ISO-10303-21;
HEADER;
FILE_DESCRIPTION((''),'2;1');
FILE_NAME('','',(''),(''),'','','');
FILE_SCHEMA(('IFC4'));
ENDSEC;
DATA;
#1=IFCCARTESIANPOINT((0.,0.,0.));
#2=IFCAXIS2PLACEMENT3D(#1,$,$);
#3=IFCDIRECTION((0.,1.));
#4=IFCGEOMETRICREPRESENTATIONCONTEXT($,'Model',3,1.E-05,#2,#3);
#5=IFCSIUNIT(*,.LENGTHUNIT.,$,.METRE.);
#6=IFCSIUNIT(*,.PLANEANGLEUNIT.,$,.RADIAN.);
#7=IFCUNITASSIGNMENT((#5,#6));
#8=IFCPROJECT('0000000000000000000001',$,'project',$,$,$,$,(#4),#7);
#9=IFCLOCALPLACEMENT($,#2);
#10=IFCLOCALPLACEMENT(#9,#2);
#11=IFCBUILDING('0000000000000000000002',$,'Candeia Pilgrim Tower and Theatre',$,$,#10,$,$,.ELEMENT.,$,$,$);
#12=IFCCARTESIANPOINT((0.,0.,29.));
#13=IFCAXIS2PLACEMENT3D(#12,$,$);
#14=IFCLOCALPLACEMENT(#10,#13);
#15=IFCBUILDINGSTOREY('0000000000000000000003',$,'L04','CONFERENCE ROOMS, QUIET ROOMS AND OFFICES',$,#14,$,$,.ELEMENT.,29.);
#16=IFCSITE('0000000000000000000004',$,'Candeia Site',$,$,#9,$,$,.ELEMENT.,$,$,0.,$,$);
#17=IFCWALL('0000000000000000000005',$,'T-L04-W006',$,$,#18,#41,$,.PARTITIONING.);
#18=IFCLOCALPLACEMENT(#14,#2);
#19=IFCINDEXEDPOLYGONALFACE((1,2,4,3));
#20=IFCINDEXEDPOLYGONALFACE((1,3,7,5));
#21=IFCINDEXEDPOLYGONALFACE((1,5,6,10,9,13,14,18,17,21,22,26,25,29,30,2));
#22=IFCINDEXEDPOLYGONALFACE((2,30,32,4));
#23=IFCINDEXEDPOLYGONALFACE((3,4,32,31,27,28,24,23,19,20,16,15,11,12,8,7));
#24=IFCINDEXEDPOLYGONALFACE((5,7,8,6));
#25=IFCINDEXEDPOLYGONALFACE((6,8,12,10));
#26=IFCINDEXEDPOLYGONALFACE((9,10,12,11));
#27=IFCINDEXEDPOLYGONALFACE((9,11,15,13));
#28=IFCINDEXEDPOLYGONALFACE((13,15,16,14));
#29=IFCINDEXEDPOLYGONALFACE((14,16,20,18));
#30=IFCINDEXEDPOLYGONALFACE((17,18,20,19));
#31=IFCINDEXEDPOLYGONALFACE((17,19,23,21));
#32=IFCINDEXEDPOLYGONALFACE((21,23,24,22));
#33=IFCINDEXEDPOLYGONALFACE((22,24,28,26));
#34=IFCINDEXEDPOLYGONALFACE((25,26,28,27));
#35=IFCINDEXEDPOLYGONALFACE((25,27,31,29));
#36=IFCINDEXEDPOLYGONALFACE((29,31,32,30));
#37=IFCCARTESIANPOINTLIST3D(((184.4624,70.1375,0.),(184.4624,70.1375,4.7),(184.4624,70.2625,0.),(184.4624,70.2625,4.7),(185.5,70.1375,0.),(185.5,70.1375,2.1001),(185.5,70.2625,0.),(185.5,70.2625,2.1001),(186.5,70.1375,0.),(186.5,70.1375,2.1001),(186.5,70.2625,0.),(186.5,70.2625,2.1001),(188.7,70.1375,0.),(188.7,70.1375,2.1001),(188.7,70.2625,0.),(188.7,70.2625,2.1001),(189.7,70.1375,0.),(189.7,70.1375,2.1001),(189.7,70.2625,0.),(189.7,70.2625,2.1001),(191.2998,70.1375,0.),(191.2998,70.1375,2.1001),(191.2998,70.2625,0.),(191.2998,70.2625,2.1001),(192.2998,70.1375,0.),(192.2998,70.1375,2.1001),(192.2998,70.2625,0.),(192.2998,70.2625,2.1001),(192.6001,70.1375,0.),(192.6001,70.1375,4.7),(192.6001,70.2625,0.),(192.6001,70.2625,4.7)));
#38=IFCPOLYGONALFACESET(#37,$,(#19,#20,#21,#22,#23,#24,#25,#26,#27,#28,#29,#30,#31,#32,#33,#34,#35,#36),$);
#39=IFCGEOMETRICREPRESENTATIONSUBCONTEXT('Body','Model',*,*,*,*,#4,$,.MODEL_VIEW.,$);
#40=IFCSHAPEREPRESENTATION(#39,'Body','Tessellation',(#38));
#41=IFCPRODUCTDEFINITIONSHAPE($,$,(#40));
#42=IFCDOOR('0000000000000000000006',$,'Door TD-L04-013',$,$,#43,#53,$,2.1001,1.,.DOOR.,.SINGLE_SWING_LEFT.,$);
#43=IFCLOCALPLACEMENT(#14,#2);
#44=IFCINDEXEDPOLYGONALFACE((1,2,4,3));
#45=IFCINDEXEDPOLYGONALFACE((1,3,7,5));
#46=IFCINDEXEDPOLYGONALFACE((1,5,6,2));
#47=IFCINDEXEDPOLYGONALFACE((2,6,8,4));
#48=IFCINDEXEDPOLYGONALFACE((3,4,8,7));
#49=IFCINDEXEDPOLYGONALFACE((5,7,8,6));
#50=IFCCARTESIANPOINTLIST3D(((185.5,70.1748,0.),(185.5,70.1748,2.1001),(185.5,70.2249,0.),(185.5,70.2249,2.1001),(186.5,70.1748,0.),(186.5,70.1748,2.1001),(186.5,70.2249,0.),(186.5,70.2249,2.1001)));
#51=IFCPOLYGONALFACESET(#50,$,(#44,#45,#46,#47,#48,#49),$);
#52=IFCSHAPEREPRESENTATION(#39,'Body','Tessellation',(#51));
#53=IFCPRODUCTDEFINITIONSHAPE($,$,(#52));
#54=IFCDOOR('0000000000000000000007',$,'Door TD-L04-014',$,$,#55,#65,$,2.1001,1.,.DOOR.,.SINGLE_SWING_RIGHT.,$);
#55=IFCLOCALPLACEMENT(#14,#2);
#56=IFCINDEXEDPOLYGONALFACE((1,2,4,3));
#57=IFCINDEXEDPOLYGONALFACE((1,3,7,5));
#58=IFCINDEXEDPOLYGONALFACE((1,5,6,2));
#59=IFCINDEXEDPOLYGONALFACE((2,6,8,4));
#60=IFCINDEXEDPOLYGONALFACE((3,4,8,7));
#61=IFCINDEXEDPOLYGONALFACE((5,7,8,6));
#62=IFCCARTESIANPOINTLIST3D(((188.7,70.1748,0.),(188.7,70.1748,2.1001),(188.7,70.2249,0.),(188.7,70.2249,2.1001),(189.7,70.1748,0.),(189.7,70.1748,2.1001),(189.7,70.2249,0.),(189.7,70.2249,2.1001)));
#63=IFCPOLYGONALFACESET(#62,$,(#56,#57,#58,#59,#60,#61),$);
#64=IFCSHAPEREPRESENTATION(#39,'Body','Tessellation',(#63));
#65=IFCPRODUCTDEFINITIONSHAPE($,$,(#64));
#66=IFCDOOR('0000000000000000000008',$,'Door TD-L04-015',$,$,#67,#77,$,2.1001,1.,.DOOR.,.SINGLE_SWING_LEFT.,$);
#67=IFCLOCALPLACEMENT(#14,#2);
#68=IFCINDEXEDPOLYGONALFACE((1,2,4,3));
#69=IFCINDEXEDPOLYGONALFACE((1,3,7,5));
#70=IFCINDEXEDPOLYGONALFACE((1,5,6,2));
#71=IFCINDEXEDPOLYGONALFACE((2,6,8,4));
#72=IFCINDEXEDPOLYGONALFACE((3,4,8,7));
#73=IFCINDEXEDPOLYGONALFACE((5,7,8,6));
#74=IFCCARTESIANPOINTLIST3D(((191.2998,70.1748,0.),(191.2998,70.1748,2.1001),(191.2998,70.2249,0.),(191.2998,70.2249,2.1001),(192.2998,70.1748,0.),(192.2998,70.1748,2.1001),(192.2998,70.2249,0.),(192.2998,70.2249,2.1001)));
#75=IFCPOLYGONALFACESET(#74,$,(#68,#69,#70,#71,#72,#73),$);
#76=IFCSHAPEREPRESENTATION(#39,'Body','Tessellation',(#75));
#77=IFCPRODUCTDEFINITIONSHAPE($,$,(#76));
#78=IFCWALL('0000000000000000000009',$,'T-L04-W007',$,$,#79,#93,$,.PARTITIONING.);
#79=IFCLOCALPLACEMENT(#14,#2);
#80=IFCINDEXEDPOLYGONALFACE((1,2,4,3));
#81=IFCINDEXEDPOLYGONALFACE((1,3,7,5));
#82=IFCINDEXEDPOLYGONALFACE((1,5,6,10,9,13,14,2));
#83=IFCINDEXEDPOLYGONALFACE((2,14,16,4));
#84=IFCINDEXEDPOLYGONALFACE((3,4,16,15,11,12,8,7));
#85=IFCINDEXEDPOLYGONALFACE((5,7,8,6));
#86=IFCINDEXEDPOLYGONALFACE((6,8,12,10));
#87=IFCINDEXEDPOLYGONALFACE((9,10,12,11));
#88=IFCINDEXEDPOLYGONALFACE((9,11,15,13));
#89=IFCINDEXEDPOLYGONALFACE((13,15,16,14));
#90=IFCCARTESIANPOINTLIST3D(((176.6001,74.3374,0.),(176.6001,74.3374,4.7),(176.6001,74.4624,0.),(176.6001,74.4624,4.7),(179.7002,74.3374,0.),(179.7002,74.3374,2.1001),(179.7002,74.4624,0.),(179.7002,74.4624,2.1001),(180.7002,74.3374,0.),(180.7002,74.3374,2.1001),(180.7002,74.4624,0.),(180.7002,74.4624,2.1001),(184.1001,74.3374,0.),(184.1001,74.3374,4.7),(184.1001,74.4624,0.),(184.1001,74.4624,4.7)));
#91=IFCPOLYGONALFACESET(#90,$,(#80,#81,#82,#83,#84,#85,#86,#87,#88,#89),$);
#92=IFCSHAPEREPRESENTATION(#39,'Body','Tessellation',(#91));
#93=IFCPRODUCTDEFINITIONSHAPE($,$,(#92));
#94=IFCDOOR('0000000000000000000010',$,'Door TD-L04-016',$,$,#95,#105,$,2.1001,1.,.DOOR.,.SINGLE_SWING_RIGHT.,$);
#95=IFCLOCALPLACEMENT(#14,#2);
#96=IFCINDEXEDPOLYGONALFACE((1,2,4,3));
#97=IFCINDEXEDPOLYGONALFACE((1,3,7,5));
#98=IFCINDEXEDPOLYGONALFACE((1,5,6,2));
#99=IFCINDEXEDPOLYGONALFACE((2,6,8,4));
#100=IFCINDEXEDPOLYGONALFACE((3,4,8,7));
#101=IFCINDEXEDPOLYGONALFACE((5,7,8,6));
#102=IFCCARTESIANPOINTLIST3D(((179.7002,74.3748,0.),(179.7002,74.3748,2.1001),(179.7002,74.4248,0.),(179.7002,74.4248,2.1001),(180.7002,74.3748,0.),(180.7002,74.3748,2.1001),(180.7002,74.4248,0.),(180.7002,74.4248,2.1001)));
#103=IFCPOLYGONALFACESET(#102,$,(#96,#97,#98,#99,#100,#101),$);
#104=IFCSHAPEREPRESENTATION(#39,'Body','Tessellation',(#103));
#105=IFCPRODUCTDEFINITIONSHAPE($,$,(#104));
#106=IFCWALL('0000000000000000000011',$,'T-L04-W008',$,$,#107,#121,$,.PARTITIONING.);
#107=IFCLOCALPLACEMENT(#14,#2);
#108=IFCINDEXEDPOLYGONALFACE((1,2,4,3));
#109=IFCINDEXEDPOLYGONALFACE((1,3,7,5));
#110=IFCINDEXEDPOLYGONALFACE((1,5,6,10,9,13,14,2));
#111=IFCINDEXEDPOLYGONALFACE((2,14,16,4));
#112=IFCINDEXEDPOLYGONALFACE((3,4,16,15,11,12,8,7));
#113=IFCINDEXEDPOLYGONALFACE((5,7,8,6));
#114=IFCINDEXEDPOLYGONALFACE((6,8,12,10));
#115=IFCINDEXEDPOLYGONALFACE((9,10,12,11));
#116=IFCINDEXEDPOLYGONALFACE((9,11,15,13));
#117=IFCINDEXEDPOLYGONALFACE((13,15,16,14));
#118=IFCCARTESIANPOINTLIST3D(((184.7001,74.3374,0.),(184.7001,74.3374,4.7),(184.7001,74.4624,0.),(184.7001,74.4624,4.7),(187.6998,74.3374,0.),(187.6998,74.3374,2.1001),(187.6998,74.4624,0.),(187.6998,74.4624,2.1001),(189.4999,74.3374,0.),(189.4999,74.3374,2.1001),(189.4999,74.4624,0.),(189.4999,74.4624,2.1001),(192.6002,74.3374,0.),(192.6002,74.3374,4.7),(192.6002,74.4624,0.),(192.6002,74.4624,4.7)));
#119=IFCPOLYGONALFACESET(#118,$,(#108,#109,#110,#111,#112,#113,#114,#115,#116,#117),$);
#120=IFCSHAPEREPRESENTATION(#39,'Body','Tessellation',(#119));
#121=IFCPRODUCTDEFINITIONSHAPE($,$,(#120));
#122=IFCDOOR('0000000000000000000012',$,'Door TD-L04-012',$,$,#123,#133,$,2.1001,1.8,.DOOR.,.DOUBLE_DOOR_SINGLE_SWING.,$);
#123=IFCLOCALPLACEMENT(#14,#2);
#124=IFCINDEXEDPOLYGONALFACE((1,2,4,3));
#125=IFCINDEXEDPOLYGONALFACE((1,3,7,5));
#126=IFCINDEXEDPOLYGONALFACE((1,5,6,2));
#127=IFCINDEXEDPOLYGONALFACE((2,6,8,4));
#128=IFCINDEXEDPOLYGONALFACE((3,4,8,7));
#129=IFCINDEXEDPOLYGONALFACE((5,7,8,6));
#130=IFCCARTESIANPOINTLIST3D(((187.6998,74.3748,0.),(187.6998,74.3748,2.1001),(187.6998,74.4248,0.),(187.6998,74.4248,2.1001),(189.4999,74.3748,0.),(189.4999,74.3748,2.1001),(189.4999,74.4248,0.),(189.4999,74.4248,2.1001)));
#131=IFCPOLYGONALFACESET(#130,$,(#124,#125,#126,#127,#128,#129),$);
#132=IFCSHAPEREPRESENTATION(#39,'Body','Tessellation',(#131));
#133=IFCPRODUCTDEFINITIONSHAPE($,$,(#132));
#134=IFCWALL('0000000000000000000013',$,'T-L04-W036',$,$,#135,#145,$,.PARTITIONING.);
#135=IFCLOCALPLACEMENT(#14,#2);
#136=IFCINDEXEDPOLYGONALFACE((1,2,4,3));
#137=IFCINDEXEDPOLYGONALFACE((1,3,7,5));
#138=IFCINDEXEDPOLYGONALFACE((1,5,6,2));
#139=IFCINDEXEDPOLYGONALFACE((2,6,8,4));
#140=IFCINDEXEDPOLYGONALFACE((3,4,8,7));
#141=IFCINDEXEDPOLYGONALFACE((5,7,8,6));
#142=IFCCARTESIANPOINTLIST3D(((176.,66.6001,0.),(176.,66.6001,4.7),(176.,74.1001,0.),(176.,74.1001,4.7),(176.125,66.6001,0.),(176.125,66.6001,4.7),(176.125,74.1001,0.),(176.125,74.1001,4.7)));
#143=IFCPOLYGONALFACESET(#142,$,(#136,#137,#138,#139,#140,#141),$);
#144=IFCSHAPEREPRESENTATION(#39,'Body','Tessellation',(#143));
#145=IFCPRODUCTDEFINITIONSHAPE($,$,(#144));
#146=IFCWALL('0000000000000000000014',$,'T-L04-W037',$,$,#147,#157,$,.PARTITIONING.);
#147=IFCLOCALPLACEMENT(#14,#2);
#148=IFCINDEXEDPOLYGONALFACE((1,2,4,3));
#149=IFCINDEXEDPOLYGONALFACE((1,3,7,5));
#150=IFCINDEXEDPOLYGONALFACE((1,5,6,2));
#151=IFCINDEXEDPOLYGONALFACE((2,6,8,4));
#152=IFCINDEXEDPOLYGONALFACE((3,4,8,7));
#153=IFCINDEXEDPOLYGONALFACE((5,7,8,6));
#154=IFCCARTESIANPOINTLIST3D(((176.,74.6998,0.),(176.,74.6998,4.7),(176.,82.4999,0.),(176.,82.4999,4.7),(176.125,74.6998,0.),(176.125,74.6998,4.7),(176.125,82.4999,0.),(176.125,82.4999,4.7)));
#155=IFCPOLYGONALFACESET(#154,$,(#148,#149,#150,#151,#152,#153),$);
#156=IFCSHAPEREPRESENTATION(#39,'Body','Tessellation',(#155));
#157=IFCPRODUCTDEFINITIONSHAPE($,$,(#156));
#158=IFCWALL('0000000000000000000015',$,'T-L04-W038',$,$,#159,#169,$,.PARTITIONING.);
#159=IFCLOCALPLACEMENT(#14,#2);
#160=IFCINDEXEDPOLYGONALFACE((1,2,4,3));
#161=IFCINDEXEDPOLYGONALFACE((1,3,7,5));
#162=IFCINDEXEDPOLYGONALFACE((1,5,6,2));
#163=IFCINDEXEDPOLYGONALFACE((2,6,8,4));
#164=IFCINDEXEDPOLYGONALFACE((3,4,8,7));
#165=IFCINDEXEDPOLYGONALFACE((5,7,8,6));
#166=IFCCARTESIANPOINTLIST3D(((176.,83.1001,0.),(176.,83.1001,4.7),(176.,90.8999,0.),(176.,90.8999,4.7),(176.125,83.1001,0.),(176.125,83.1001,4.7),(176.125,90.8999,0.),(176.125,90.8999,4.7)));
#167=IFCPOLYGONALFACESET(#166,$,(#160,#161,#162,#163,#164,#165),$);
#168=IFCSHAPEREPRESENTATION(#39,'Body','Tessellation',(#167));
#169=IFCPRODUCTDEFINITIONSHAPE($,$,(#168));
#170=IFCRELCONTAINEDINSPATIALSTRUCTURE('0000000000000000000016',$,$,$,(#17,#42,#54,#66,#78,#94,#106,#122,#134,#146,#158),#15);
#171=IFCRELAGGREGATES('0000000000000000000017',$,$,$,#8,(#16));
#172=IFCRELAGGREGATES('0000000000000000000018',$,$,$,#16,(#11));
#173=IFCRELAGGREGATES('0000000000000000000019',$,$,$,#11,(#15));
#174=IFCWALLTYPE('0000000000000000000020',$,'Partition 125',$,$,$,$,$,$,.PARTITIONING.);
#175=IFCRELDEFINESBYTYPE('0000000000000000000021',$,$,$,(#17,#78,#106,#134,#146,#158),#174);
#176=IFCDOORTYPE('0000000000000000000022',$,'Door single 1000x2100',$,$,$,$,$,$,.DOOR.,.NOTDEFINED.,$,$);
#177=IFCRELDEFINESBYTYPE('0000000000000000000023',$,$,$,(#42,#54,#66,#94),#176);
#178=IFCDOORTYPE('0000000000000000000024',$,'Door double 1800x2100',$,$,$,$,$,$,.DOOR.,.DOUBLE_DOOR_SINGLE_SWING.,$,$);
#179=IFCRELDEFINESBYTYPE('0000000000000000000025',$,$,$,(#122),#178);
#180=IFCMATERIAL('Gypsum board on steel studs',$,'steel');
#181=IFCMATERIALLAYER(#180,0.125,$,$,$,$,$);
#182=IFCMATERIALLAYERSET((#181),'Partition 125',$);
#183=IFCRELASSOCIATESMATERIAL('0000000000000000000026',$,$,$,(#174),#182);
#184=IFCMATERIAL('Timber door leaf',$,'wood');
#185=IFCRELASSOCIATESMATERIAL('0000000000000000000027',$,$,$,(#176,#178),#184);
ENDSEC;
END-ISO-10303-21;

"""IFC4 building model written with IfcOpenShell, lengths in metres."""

from ifc_helpers import new_model, si_unit, direction, frame, frame_2d, origin, place, context, subcontext, project, spatial, rectangle, extrude, material, layer, layer_set, type_object, element, fill, save


model = new_model("IFC4")

# Units and contexts
model_context = context("Model", 3, precision=1e-05, world=origin(), true_north=direction((0.0, 1.0)))
body_context = subcontext(model_context, "Body", "Model", "MODEL_VIEW")
ifc_project = project(units=[si_unit("LENGTHUNIT", "METRE"), si_unit("PLANEANGLEUNIT", "RADIAN")], contexts=[model_context])

# Site, building, storey
site_placement = place(None, origin())
site = spatial("IfcSite", under=ifc_project, at=site_placement, Name="Candeia Site", CompositionType="ELEMENT", RefElevation=0.0)
building_placement = place(site_placement, origin())
building = spatial("IfcBuilding", under=site, at=building_placement, Name="Candeia Pilgrim Tower and Theatre", CompositionType="ELEMENT")
storey_placement = place(building_placement, frame((0.0, 0.0, 29.0)))
storey = spatial("IfcBuildingStorey", under=building, at=storey_placement, Name="L04", Description="CONFERENCE ROOMS, QUIET ROOMS AND OFFICES", CompositionType="ELEMENT", Elevation=29.0)

# Shared definitions
ifc_material_1 = material(Name="Gypsum board on steel studs", Category="steel")
ifc_layer_1 = layer(ifc_material_1, 0.125)
ifc_layer_set_1 = layer_set([ifc_layer_1], Name="Partition 125")
wall_type = type_object("IfcWallType", Name="Partition 125", PredefinedType="PARTITIONING", material=ifc_layer_set_1)

# Wall, openings, doors
wall_1_placement = place(storey_placement, frame((184.4624, 70.2, 0.0), z_axis=(0.0, 0.0, 1.0), x_axis=(1.0, 0.0, 0.0)))
wall_1 = element("IfcWall", 1, at=wall_1_placement, inside=storey, type_object=wall_type, Name="T-L04-W006", PredefinedType="PARTITIONING", context=body_context, shape_type="SweptSolid", body=[
    extrude(rectangle(XDim=8.1377, YDim=0.125, at=frame_2d((4.0688, 0.0))), origin(), (0.0, 0.0, 1.0), 4.7),
])
opening_1_placement = place(wall_1_placement, frame((1.0376, 0.0, 0.0)))
opening_1 = element("IfcOpeningElement", 2, at=opening_1_placement, cuts=wall_1, PredefinedType="OPENING", context=body_context, shape_type="SweptSolid", body=[
    extrude(rectangle(XDim=1.0, YDim=2.1001, at=frame_2d((0.5, 1.05))), frame((0.0, 0.0725, 0.0), z_axis=(0.0, -1.0, 0.0), x_axis=(1.0, 0.0, 0.0)), (0.0, 0.0, 1.0), 0.145),
])
opening_2_placement = place(wall_1_placement, frame((4.2375, 0.0, 0.0)))
opening_2 = element("IfcOpeningElement", 3, at=opening_2_placement, cuts=wall_1, PredefinedType="OPENING", context=body_context, shape_type="SweptSolid", body=[
    extrude(rectangle(XDim=1.0, YDim=2.1001, at=frame_2d((0.5, 1.05))), frame((0.0, 0.0725, 0.0), z_axis=(0.0, -1.0, 0.0), x_axis=(1.0, 0.0, 0.0)), (0.0, 0.0, 1.0), 0.145),
])
opening_3_placement = place(wall_1_placement, frame((6.8374, 0.0, 0.0)))
opening_3 = element("IfcOpeningElement", 4, at=opening_3_placement, cuts=wall_1, PredefinedType="OPENING", context=body_context, shape_type="SweptSolid", body=[
    extrude(rectangle(XDim=1.0, YDim=2.1001, at=frame_2d((0.5, 1.05))), frame((0.0, 0.0725, 0.0), z_axis=(0.0, -1.0, 0.0), x_axis=(1.0, 0.0, 0.0)), (0.0, 0.0, 1.0), 0.145),
])
ifc_material_2 = material(Name="Timber door leaf", Category="wood")
door_type_1 = type_object("IfcDoorType", Name="Door single 1000x2100", OperationType="NOTDEFINED", PredefinedType="DOOR", material=ifc_material_2)
door_1_placement = place(opening_1_placement, origin())
door_1 = element("IfcDoor", 5, at=door_1_placement, inside=storey, type_object=door_type_1, Name="Door TD-L04-013", OperationType="SINGLE_SWING_LEFT", OverallHeight=2.1001, OverallWidth=1.0, PredefinedType="DOOR", context=body_context, shape_type="SweptSolid", body=[
    extrude(rectangle(XDim=1.0, YDim=2.1001, at=frame_2d((0.5, 1.05))), frame((0.0, 0.0249, 0.0), z_axis=(0.0, -1.0, 0.0), x_axis=(1.0, 0.0, 0.0)), (0.0, 0.0, 1.0), 0.05),
])
fill(opening_1, door_1)
door_2_placement = place(opening_2_placement, origin())
door_2 = element("IfcDoor", 6, at=door_2_placement, inside=storey, type_object=door_type_1, Name="Door TD-L04-014", OperationType="SINGLE_SWING_RIGHT", OverallHeight=2.1001, OverallWidth=1.0, PredefinedType="DOOR", context=body_context, shape_type="SweptSolid", body=[
    extrude(rectangle(XDim=1.0, YDim=2.1001, at=frame_2d((0.5, 1.05))), frame((0.0, 0.0249, 0.0), z_axis=(0.0, -1.0, 0.0), x_axis=(1.0, 0.0, 0.0)), (0.0, 0.0, 1.0), 0.05),
])
fill(opening_2, door_2)
door_3_placement = place(opening_3_placement, origin())
door_3 = element("IfcDoor", 7, at=door_3_placement, inside=storey, type_object=door_type_1, Name="Door TD-L04-015", OperationType="SINGLE_SWING_LEFT", OverallHeight=2.1001, OverallWidth=1.0, PredefinedType="DOOR", context=body_context, shape_type="SweptSolid", body=[
    extrude(rectangle(XDim=1.0, YDim=2.1001, at=frame_2d((0.5, 1.05))), frame((0.0, 0.0249, 0.0), z_axis=(0.0, -1.0, 0.0), x_axis=(1.0, 0.0, 0.0)), (0.0, 0.0, 1.0), 0.05),
])
fill(opening_3, door_3)

# Walls, openings, doors
wall_2_placement = place(storey_placement, frame((176.6001, 74.3999, 0.0), z_axis=(0.0, 0.0, 1.0), x_axis=(1.0, 0.0, 0.0)))
wall_2 = element("IfcWall", 8, at=wall_2_placement, inside=storey, type_object=wall_type, Name="T-L04-W007", PredefinedType="PARTITIONING", context=body_context, shape_type="SweptSolid", body=[
    extrude(rectangle(XDim=7.5, YDim=0.125, at=frame_2d((3.75, 0.0))), origin(), (0.0, 0.0, 1.0), 4.7),
])
opening_4_placement = place(wall_2_placement, frame((3.1001, 0.0, 0.0)))
opening_4 = element("IfcOpeningElement", 9, at=opening_4_placement, cuts=wall_2, PredefinedType="OPENING", context=body_context, shape_type="SweptSolid", body=[
    extrude(rectangle(XDim=1.0, YDim=2.1001, at=frame_2d((0.5, 1.05))), frame((0.0, 0.0725, 0.0), z_axis=(0.0, -1.0, 0.0), x_axis=(1.0, 0.0, 0.0)), (0.0, 0.0, 1.0), 0.145),
])
door_4_placement = place(opening_4_placement, origin())
door_4 = element("IfcDoor", 10, at=door_4_placement, inside=storey, type_object=door_type_1, Name="Door TD-L04-016", OperationType="SINGLE_SWING_RIGHT", OverallHeight=2.1001, OverallWidth=1.0, PredefinedType="DOOR", context=body_context, shape_type="SweptSolid", body=[
    extrude(rectangle(XDim=1.0, YDim=2.1001, at=frame_2d((0.5, 1.05))), frame((0.0, 0.0249, 0.0), z_axis=(0.0, -1.0, 0.0), x_axis=(1.0, 0.0, 0.0)), (0.0, 0.0, 1.0), 0.05),
])
fill(opening_4, door_4)
wall_3_placement = place(storey_placement, frame((184.7, 74.3999, 0.0), z_axis=(0.0, 0.0, 1.0), x_axis=(1.0, 0.0, 0.0)))
wall_3 = element("IfcWall", 11, at=wall_3_placement, inside=storey, type_object=wall_type, Name="T-L04-W008", PredefinedType="PARTITIONING", context=body_context, shape_type="SweptSolid", body=[
    extrude(rectangle(XDim=7.9001, YDim=0.125, at=frame_2d((3.9502, 0.0))), origin(), (0.0, 0.0, 1.0), 4.7),
])
opening_5_placement = place(wall_3_placement, frame((3.0, 0.0, 0.0)))
opening_5 = element("IfcOpeningElement", 12, at=opening_5_placement, cuts=wall_3, PredefinedType="OPENING", context=body_context, shape_type="SweptSolid", body=[
    extrude(rectangle(XDim=1.8, YDim=2.1001, at=frame_2d((0.8999, 1.05))), frame((0.0, 0.0725, 0.0), z_axis=(0.0, -1.0, 0.0), x_axis=(1.0, 0.0, 0.0)), (0.0, 0.0, 1.0), 0.145),
])
door_type_2 = type_object("IfcDoorType", Name="Door double 1800x2100", OperationType="DOUBLE_DOOR_SINGLE_SWING", PredefinedType="DOOR", material=ifc_material_2)
door_5_placement = place(opening_5_placement, origin())
door_5 = element("IfcDoor", 13, at=door_5_placement, inside=storey, type_object=door_type_2, Name="Door TD-L04-012", OperationType="DOUBLE_DOOR_SINGLE_SWING", OverallHeight=2.1001, OverallWidth=1.8, PredefinedType="DOOR", context=body_context, shape_type="SweptSolid", body=[
    extrude(rectangle(XDim=1.8, YDim=2.1001, at=frame_2d((0.8999, 1.05))), frame((0.0, 0.0249, 0.0), z_axis=(0.0, -1.0, 0.0), x_axis=(1.0, 0.0, 0.0)), (0.0, 0.0, 1.0), 0.05),
])
fill(opening_5, door_5)

# Walls
wall_4_placement = place(storey_placement, frame((176.0625, 66.6001, 0.0), z_axis=(0.0, 0.0, 1.0), x_axis=(0.0, 1.0, 0.0)))
element("IfcWall", 14, at=wall_4_placement, inside=storey, type_object=wall_type, Name="T-L04-W036", PredefinedType="PARTITIONING", context=body_context, shape_type="SweptSolid", body=[
    extrude(rectangle(XDim=7.5, YDim=0.125, at=frame_2d((3.75, 0.0))), origin(), (0.0, 0.0, 1.0), 4.7),
])
wall_5_placement = place(storey_placement, frame((176.0625, 74.7, 0.0), z_axis=(0.0, 0.0, 1.0), x_axis=(0.0, 1.0, 0.0)))
element("IfcWall", 15, at=wall_5_placement, inside=storey, type_object=wall_type, Name="T-L04-W037", PredefinedType="PARTITIONING", context=body_context, shape_type="SweptSolid", body=[
    extrude(rectangle(XDim=7.8, YDim=0.125, at=frame_2d((3.8999, 0.0))), origin(), (0.0, 0.0, 1.0), 4.7),
])
wall_6_placement = place(storey_placement, frame((176.0625, 83.1001, 0.0), z_axis=(0.0, 0.0, 1.0), x_axis=(0.0, 1.0, 0.0)))
element("IfcWall", 16, at=wall_6_placement, inside=storey, type_object=wall_type, Name="T-L04-W038", PredefinedType="PARTITIONING", context=body_context, shape_type="SweptSolid", body=[
    extrude(rectangle(XDim=7.7998, YDim=0.125, at=frame_2d((3.8999, 0.0))), origin(), (0.0, 0.0, 1.0), 4.7),
])

save(model, "model.ifc")
